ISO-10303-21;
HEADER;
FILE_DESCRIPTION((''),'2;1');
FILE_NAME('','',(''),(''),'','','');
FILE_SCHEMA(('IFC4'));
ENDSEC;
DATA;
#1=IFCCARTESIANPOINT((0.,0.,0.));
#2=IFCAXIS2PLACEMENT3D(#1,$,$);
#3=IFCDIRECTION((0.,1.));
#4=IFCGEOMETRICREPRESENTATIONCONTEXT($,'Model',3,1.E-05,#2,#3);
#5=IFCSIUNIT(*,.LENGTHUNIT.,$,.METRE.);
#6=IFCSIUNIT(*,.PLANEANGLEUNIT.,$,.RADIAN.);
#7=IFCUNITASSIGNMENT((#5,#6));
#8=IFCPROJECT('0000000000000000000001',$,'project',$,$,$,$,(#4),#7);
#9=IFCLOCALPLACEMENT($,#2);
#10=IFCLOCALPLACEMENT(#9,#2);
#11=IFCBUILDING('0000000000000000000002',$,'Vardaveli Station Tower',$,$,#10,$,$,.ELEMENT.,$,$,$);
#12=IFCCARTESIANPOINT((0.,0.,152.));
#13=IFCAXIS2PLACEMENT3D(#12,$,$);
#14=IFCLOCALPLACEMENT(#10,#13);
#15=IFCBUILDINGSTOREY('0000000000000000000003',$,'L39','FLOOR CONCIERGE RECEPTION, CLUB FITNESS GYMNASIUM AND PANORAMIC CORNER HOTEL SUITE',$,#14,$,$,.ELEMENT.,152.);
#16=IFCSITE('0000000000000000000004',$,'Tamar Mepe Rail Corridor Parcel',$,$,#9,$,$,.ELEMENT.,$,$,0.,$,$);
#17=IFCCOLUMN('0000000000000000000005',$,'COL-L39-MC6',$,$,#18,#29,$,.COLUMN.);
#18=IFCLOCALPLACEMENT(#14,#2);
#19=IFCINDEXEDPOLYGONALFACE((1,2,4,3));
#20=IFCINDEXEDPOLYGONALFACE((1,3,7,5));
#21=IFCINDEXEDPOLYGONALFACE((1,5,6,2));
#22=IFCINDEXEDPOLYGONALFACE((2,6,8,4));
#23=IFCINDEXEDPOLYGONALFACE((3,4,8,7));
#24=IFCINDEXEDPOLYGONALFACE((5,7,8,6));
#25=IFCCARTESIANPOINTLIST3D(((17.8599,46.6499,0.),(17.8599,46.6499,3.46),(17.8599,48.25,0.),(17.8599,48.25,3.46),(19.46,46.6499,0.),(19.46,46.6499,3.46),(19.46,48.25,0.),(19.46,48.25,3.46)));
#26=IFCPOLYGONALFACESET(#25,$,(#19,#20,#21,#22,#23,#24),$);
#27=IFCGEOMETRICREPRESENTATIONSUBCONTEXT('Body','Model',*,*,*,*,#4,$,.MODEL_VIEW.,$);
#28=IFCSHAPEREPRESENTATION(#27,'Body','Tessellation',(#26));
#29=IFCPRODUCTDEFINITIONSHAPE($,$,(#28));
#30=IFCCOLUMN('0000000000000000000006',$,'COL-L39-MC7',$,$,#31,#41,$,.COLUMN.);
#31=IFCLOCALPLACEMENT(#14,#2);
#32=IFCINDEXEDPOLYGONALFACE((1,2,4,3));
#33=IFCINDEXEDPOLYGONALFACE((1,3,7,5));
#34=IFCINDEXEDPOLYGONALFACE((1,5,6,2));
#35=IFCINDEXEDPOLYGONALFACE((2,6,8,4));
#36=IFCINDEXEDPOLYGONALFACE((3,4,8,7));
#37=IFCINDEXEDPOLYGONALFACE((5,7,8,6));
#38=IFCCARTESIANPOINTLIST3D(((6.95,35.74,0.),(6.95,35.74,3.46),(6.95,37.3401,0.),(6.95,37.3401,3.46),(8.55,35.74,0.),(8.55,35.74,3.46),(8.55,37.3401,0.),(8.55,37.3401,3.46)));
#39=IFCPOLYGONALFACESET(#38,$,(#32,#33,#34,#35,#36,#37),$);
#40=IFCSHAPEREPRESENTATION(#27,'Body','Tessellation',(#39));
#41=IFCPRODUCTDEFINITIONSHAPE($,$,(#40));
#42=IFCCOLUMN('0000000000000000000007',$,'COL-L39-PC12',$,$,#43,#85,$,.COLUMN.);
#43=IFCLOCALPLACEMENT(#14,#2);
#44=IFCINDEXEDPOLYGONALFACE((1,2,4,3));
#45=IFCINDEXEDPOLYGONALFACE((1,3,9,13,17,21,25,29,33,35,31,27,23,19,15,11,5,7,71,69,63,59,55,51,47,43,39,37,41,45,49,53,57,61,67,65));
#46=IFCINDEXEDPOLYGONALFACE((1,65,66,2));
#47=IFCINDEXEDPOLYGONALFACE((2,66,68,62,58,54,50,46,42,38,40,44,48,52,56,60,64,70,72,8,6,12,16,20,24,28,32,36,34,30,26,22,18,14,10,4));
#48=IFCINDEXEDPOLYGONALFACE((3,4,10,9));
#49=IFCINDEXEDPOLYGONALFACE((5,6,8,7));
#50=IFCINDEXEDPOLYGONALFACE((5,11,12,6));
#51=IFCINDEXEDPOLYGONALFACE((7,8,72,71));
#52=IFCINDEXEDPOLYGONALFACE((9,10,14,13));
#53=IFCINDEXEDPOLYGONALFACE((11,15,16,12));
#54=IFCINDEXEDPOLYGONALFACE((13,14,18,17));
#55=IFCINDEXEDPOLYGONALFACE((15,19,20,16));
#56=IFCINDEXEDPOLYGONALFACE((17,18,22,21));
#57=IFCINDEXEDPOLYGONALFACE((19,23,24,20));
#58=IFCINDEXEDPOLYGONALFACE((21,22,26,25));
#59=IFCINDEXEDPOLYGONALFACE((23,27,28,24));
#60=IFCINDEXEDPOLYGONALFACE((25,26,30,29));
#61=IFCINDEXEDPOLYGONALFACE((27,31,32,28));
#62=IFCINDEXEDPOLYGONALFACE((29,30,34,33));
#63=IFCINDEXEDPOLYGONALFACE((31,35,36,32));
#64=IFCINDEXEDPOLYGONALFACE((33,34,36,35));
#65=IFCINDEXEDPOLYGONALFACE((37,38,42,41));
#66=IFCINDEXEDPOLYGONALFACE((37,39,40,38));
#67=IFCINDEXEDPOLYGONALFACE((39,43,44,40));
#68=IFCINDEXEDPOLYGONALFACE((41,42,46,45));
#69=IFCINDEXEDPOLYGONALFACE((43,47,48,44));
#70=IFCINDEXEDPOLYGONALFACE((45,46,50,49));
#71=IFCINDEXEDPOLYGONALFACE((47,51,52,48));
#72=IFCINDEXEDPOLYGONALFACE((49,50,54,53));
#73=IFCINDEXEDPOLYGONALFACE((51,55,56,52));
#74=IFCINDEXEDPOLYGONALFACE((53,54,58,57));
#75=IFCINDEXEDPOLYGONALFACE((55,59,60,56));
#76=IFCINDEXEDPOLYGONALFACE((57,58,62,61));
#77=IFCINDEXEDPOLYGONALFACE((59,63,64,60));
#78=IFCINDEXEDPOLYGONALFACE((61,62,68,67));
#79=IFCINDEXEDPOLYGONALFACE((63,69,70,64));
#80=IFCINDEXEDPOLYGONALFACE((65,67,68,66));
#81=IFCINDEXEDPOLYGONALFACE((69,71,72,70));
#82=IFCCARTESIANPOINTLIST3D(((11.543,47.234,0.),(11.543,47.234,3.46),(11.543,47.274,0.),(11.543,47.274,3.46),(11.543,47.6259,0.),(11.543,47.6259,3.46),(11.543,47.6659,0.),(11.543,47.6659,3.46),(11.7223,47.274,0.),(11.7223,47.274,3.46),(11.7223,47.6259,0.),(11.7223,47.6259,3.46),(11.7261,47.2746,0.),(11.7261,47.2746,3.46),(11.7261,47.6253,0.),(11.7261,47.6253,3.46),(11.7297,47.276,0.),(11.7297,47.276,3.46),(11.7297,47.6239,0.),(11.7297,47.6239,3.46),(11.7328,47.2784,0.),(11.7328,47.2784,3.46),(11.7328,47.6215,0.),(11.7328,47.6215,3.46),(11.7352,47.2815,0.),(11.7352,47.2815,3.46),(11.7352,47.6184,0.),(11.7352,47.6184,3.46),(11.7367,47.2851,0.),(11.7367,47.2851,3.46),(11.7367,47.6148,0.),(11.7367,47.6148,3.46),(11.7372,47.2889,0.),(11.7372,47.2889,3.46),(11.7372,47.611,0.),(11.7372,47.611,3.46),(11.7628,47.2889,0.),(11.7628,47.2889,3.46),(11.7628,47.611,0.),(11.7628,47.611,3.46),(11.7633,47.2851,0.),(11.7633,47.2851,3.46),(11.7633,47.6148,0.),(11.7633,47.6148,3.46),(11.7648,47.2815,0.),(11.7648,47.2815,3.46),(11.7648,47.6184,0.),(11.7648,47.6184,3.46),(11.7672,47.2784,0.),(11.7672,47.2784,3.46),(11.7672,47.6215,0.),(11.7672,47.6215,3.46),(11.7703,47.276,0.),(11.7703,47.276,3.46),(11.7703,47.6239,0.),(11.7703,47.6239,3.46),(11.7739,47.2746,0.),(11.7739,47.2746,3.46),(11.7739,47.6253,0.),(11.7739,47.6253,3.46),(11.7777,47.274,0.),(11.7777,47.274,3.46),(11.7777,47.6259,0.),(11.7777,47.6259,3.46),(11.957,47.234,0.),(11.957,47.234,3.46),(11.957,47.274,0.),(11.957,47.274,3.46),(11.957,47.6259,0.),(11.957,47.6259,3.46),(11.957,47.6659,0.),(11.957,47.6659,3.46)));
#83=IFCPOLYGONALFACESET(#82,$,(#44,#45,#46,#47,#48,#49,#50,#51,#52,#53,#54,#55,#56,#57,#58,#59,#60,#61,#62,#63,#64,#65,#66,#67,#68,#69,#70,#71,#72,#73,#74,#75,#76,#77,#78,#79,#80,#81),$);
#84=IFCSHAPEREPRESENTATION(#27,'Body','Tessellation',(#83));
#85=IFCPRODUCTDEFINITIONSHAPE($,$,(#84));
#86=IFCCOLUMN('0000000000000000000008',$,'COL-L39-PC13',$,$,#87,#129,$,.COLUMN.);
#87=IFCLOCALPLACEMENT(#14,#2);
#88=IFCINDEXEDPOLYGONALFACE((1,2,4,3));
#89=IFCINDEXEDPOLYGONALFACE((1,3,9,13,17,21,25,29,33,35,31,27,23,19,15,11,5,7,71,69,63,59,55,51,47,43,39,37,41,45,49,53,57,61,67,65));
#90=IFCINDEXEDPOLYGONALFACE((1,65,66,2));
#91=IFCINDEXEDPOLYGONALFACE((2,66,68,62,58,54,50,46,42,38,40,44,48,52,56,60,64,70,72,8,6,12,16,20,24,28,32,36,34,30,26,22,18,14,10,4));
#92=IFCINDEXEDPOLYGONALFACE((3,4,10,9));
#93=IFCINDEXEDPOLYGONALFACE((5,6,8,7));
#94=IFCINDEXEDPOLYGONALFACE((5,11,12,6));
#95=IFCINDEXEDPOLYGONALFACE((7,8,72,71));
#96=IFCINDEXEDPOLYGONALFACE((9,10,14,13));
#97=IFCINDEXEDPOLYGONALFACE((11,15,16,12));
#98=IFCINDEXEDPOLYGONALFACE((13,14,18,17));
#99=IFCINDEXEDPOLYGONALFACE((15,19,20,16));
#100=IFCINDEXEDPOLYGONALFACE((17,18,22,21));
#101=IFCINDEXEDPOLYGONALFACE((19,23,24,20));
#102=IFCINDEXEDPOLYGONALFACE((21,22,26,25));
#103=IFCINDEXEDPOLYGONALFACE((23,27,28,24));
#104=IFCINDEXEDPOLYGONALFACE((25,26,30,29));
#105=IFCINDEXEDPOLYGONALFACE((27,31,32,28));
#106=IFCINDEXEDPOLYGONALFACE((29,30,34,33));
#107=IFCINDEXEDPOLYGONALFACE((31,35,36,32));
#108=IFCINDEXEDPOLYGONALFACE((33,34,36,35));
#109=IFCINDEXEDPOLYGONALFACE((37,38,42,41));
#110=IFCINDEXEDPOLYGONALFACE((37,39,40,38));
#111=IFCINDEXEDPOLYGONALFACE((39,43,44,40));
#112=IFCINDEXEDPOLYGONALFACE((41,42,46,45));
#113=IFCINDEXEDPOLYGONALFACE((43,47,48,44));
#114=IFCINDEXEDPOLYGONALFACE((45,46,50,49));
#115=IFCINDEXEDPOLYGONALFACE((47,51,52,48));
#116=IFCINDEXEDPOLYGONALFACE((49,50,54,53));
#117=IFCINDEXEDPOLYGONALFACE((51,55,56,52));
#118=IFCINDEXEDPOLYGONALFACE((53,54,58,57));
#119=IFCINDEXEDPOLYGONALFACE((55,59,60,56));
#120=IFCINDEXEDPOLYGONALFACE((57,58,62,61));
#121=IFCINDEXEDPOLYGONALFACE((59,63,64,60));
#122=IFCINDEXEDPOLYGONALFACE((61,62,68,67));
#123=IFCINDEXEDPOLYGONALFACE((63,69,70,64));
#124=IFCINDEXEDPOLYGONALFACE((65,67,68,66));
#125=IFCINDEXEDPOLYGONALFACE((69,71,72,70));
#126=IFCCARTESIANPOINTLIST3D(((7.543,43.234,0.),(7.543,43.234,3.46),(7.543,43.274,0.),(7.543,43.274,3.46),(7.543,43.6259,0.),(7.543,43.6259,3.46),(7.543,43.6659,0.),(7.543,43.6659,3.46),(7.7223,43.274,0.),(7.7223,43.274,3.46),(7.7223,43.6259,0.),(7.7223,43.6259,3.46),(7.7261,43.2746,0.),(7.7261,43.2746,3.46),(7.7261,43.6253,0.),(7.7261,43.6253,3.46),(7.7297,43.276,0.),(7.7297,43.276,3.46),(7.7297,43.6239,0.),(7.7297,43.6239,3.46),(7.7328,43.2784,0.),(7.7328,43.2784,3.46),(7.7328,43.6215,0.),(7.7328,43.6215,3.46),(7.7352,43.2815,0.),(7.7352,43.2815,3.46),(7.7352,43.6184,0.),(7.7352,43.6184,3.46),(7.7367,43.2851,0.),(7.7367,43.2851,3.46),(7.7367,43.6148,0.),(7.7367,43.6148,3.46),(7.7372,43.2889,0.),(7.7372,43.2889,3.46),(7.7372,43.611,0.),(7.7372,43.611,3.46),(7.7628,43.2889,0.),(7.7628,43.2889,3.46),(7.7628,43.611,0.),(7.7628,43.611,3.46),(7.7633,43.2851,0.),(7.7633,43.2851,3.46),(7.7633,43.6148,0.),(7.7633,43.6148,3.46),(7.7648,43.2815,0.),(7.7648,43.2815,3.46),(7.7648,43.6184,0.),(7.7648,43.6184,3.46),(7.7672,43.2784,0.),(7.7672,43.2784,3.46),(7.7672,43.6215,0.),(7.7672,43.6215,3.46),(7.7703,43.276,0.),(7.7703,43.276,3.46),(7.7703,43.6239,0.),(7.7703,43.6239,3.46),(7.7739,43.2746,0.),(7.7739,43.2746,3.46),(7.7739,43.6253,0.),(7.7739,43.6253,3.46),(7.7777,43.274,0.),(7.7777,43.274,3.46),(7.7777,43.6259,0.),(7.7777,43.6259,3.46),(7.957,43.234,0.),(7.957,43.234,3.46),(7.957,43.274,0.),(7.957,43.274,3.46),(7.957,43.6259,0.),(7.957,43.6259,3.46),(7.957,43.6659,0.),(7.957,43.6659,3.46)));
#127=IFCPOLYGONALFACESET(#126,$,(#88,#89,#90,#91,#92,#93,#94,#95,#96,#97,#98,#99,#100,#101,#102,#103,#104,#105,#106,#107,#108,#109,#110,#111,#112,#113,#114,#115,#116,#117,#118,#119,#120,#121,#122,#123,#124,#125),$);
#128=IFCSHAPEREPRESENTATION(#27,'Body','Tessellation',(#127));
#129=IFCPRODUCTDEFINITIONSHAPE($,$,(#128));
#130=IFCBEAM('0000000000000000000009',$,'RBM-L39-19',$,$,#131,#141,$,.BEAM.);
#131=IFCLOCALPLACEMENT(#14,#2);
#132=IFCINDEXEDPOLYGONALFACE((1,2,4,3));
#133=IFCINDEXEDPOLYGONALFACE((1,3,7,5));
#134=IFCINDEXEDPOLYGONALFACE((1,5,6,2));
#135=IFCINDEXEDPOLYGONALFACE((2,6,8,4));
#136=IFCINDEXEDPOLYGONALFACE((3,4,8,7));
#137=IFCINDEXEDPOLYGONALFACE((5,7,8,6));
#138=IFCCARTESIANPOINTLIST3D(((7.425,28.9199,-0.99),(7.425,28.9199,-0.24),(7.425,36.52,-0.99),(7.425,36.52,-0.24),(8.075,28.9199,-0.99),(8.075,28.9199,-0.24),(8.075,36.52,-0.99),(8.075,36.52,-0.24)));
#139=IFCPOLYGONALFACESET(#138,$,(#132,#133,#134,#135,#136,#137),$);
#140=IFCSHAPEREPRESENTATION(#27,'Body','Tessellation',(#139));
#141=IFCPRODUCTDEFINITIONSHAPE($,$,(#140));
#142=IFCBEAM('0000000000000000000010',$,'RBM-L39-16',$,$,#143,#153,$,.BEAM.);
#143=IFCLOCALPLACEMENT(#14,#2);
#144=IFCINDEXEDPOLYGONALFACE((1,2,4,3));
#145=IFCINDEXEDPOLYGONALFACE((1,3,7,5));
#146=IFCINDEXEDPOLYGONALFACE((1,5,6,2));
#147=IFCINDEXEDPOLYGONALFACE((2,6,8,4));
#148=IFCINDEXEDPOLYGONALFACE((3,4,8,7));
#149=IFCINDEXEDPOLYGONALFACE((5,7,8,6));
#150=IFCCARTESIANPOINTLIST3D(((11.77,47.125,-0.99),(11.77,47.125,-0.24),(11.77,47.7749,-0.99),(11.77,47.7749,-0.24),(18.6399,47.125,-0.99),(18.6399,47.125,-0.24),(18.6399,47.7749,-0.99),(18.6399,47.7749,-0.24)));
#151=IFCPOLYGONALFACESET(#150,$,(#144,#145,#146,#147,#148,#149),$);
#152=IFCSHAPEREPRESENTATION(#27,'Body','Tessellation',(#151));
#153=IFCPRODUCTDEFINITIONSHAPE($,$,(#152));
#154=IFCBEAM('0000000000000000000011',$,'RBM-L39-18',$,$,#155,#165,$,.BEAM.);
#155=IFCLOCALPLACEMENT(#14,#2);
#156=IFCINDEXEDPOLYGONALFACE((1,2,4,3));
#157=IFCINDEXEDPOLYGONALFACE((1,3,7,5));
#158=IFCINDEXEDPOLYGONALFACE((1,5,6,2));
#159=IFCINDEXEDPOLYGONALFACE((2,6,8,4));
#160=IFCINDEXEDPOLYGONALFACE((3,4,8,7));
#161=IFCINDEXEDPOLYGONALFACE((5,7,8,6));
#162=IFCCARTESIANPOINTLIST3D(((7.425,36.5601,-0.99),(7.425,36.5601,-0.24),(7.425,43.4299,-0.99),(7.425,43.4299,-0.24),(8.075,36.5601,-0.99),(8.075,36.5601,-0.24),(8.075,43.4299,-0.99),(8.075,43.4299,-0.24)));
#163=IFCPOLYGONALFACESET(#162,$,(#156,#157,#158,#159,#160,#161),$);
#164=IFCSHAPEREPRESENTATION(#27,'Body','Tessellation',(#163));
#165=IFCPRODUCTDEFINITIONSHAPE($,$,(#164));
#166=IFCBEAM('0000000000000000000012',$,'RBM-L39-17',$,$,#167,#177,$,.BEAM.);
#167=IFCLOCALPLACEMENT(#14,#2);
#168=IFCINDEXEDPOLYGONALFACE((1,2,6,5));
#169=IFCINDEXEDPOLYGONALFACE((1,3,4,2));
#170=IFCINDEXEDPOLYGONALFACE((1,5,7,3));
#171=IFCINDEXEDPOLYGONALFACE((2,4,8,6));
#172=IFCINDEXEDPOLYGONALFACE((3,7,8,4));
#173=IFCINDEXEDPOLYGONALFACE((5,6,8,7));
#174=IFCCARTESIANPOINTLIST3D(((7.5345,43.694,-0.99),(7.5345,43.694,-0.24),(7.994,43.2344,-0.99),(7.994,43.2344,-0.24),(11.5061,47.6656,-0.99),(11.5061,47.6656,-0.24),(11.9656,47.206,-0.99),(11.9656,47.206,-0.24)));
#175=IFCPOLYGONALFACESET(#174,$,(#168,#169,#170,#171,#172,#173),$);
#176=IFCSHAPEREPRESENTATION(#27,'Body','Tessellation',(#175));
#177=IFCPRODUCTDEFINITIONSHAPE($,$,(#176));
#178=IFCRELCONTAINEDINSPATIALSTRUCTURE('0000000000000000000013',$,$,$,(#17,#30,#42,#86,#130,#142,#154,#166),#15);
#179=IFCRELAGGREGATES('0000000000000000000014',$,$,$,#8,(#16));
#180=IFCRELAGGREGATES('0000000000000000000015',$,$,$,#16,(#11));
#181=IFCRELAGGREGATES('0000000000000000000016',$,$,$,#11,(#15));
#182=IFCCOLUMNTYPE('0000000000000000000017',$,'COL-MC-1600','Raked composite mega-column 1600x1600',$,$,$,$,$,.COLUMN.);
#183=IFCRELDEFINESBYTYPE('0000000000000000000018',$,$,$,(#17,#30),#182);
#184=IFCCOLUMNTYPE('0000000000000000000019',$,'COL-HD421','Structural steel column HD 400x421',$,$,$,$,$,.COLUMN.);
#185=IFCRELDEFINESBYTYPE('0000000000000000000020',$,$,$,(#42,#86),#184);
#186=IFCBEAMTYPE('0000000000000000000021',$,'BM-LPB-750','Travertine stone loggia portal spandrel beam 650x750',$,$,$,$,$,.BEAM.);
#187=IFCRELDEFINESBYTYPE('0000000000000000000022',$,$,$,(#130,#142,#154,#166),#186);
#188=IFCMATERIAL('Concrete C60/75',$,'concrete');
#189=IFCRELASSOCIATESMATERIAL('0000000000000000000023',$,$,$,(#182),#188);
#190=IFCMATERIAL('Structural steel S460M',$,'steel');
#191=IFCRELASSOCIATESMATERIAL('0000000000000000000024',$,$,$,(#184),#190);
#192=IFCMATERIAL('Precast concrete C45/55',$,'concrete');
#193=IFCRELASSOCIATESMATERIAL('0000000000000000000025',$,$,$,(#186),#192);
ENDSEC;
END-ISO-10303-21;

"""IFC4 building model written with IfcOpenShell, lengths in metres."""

from ifc_helpers import new_model, si_unit, direction, frame, origin, origin_2d, place, context, subcontext, project, spatial, rectangle, i_section, extrude, source, transform, mapped, material, material_profile, profile_set, type_object, element, save


model = new_model("IFC4")

# Units and contexts
model_context = context("Model", 3, precision=1e-05, world=origin(), true_north=direction((0.0, 1.0)))
body_context = subcontext(model_context, "Body", "Model", "MODEL_VIEW")
ifc_project = project(units=[si_unit("LENGTHUNIT", "METRE"), si_unit("PLANEANGLEUNIT", "RADIAN")], contexts=[model_context])

# Site, building, storey
site_placement = place(None, origin())
site = spatial("IfcSite", under=ifc_project, at=site_placement, Name="Tamar Mepe Rail Corridor Parcel", CompositionType="ELEMENT", RefElevation=0.0)
building_placement = place(site_placement, origin())
building = spatial("IfcBuilding", under=site, at=building_placement, Name="Vardaveli Station Tower", CompositionType="ELEMENT")
storey_placement = place(building_placement, frame((0.0, 0.0, 152.0)))
storey = spatial("IfcBuildingStorey", under=building, at=storey_placement, Name="L39", Description="FLOOR CONCIERGE RECEPTION, CLUB FITNESS GYMNASIUM AND PANORAMIC CORNER HOTEL SUITE", CompositionType="ELEMENT", Elevation=152.0)

# Columns
ifc_material_1 = material(Name="Concrete C60/75", Category="concrete")
ifc_material_profile_1 = material_profile(ifc_material_1, rectangle(XDim=1.6001, YDim=1.6001, at=origin_2d()), Name="MC 1600x1600")
ifc_profile_set_1 = profile_set([ifc_material_profile_1], Name="Concrete C60/75")
column_type_1 = type_object("IfcColumnType", Name="COL-MC-1600", Description="Raked composite mega-column 1600x1600", PredefinedType="COLUMN", material=ifc_profile_set_1)
shared_shape_1 = source(origin(), body_context, "Body", "SweptSolid", [
    extrude(rectangle(XDim=1.6001, YDim=1.6001, at=origin_2d()), origin(), (0.0, 0.0, 1.0), 3.46),
])
for number, where, z_axis, x_axis, name in (
    (1, (18.6599, 47.45, 0.0), (0.0, 0.0, 1.0), (1.0, 0.0, 0.0), "COL-L39-MC6"),
    (2, (7.75, 36.54, 0.0), (0.0, 0.0, 1.0), (1.0, 0.0, 0.0), "COL-L39-MC7"),
):
    element("IfcColumn", number, at=place(storey_placement, frame(where, z_axis=z_axis, x_axis=x_axis)), inside=storey, type_object=column_type_1, Name=name, PredefinedType="COLUMN", context=body_context, shape_type="MappedRepresentation", body=[
        mapped(shared_shape_1, transform((0.0, 0.0, 0.0), scale=1.0)),
    ])
ifc_material_2 = material(Name="Structural steel S460M", Category="steel")
ifc_material_profile_2 = material_profile(ifc_material_2, i_section(OverallWidth=0.4141, OverallDepth=0.4319, WebThickness=0.0256, FlangeThickness=0.04, FilletRadius=0.0149, at=origin_2d()), Name="HD 400x421")
ifc_profile_set_2 = profile_set([ifc_material_profile_2], Name="Structural steel S460M")
column_type_2 = type_object("IfcColumnType", Name="COL-HD421", Description="Structural steel column HD 400x421", PredefinedType="COLUMN", material=ifc_profile_set_2)
shared_shape_2 = source(origin(), body_context, "Body", "SweptSolid", [
    extrude(i_section(OverallWidth=0.4141, OverallDepth=0.4319, WebThickness=0.0256, FlangeThickness=0.04, FilletRadius=0.0149, at=origin_2d()), origin(), (0.0, 0.0, 1.0), 3.46),
])
for number, where, z_axis, x_axis, name in (
    (3, (11.75, 47.45, 0.0), (0.0, 0.0, 1.0), (1.0, 0.0, 0.0), "COL-L39-PC12"),
    (4, (7.75, 43.45, 0.0), (0.0, 0.0, 1.0), (1.0, 0.0, 0.0), "COL-L39-PC13"),
):
    element("IfcColumn", number, at=place(storey_placement, frame(where, z_axis=z_axis, x_axis=x_axis)), inside=storey, type_object=column_type_2, Name=name, PredefinedType="COLUMN", context=body_context, shape_type="MappedRepresentation", body=[
        mapped(shared_shape_2, transform((0.0, 0.0, 0.0), scale=1.0)),
    ])

# Beams
ifc_material_3 = material(Name="Precast concrete C45/55", Category="concrete")
ifc_material_profile_3 = material_profile(ifc_material_3, rectangle(XDim=0.6499, YDim=0.75, at=origin_2d()), Name="LPB 650x750")
ifc_profile_set_3 = profile_set([ifc_material_profile_3], Name="Precast concrete C45/55")
beam_type = type_object("IfcBeamType", Name="BM-LPB-750", Description="Travertine stone loggia portal spandrel beam 650x750", PredefinedType="BEAM", material=ifc_profile_set_3)
shared_shape_3 = source(origin(), body_context, "Body", "SweptSolid", [
    extrude(rectangle(XDim=0.6499, YDim=0.75, at=origin_2d()), origin(), (0.0, 0.0, 1.0), 7.6001),
])
beam_1_placement = place(storey_placement, frame((7.75, 36.52, -0.615), z_axis=(0.0, -1.0, 0.0), x_axis=(1.0, 0.0, 0.0)))
element("IfcBeam", 5, at=beam_1_placement, inside=storey, type_object=beam_type, Name="RBM-L39-19", PredefinedType="BEAM", context=body_context, shape_type="MappedRepresentation", body=[
    mapped(shared_shape_3, transform((0.0, 0.0, 0.0), scale=1.0)),
])
shared_shape_4 = source(origin(), body_context, "Body", "SweptSolid", [
    extrude(rectangle(XDim=0.6499, YDim=0.75, at=origin_2d()), origin(), (0.0, 0.0, 1.0), 6.8699),
])
for number, where, z_axis, x_axis, name in (
    (6, (18.6399, 47.45, -0.615), (-1.0, 0.0, 0.0), (0.0, -1.0, 0.0), "RBM-L39-16"),
    (7, (7.75, 43.4299, -0.615), (0.0, -1.0, 0.0), (1.0, 0.0, 0.0), "RBM-L39-18"),
):
    element("IfcBeam", number, at=place(storey_placement, frame(where, z_axis=z_axis, x_axis=x_axis)), inside=storey, type_object=beam_type, Name=name, PredefinedType="BEAM", context=body_context, shape_type="MappedRepresentation", body=[
        mapped(shared_shape_4, transform((0.0, 0.0, 0.0), scale=1.0)),
    ])
shared_shape_5 = source(origin(), body_context, "Body", "SweptSolid", [
    extrude(rectangle(XDim=0.6499, YDim=0.75, at=origin_2d()), origin(), (0.0, 0.0, 1.0), 5.6167),
])
beam_2_placement = place(storey_placement, frame((11.7358, 47.4358, -0.615), z_axis=(-0.707107, -0.707107, 0.0), x_axis=(0.707107, -0.707107, 0.0)))
element("IfcBeam", 8, at=beam_2_placement, inside=storey, type_object=beam_type, Name="RBM-L39-17", PredefinedType="BEAM", context=body_context, shape_type="MappedRepresentation", body=[
    mapped(shared_shape_5, transform((0.0, 0.0, 0.0), scale=1.0)),
])

save(model, "model.ifc")
